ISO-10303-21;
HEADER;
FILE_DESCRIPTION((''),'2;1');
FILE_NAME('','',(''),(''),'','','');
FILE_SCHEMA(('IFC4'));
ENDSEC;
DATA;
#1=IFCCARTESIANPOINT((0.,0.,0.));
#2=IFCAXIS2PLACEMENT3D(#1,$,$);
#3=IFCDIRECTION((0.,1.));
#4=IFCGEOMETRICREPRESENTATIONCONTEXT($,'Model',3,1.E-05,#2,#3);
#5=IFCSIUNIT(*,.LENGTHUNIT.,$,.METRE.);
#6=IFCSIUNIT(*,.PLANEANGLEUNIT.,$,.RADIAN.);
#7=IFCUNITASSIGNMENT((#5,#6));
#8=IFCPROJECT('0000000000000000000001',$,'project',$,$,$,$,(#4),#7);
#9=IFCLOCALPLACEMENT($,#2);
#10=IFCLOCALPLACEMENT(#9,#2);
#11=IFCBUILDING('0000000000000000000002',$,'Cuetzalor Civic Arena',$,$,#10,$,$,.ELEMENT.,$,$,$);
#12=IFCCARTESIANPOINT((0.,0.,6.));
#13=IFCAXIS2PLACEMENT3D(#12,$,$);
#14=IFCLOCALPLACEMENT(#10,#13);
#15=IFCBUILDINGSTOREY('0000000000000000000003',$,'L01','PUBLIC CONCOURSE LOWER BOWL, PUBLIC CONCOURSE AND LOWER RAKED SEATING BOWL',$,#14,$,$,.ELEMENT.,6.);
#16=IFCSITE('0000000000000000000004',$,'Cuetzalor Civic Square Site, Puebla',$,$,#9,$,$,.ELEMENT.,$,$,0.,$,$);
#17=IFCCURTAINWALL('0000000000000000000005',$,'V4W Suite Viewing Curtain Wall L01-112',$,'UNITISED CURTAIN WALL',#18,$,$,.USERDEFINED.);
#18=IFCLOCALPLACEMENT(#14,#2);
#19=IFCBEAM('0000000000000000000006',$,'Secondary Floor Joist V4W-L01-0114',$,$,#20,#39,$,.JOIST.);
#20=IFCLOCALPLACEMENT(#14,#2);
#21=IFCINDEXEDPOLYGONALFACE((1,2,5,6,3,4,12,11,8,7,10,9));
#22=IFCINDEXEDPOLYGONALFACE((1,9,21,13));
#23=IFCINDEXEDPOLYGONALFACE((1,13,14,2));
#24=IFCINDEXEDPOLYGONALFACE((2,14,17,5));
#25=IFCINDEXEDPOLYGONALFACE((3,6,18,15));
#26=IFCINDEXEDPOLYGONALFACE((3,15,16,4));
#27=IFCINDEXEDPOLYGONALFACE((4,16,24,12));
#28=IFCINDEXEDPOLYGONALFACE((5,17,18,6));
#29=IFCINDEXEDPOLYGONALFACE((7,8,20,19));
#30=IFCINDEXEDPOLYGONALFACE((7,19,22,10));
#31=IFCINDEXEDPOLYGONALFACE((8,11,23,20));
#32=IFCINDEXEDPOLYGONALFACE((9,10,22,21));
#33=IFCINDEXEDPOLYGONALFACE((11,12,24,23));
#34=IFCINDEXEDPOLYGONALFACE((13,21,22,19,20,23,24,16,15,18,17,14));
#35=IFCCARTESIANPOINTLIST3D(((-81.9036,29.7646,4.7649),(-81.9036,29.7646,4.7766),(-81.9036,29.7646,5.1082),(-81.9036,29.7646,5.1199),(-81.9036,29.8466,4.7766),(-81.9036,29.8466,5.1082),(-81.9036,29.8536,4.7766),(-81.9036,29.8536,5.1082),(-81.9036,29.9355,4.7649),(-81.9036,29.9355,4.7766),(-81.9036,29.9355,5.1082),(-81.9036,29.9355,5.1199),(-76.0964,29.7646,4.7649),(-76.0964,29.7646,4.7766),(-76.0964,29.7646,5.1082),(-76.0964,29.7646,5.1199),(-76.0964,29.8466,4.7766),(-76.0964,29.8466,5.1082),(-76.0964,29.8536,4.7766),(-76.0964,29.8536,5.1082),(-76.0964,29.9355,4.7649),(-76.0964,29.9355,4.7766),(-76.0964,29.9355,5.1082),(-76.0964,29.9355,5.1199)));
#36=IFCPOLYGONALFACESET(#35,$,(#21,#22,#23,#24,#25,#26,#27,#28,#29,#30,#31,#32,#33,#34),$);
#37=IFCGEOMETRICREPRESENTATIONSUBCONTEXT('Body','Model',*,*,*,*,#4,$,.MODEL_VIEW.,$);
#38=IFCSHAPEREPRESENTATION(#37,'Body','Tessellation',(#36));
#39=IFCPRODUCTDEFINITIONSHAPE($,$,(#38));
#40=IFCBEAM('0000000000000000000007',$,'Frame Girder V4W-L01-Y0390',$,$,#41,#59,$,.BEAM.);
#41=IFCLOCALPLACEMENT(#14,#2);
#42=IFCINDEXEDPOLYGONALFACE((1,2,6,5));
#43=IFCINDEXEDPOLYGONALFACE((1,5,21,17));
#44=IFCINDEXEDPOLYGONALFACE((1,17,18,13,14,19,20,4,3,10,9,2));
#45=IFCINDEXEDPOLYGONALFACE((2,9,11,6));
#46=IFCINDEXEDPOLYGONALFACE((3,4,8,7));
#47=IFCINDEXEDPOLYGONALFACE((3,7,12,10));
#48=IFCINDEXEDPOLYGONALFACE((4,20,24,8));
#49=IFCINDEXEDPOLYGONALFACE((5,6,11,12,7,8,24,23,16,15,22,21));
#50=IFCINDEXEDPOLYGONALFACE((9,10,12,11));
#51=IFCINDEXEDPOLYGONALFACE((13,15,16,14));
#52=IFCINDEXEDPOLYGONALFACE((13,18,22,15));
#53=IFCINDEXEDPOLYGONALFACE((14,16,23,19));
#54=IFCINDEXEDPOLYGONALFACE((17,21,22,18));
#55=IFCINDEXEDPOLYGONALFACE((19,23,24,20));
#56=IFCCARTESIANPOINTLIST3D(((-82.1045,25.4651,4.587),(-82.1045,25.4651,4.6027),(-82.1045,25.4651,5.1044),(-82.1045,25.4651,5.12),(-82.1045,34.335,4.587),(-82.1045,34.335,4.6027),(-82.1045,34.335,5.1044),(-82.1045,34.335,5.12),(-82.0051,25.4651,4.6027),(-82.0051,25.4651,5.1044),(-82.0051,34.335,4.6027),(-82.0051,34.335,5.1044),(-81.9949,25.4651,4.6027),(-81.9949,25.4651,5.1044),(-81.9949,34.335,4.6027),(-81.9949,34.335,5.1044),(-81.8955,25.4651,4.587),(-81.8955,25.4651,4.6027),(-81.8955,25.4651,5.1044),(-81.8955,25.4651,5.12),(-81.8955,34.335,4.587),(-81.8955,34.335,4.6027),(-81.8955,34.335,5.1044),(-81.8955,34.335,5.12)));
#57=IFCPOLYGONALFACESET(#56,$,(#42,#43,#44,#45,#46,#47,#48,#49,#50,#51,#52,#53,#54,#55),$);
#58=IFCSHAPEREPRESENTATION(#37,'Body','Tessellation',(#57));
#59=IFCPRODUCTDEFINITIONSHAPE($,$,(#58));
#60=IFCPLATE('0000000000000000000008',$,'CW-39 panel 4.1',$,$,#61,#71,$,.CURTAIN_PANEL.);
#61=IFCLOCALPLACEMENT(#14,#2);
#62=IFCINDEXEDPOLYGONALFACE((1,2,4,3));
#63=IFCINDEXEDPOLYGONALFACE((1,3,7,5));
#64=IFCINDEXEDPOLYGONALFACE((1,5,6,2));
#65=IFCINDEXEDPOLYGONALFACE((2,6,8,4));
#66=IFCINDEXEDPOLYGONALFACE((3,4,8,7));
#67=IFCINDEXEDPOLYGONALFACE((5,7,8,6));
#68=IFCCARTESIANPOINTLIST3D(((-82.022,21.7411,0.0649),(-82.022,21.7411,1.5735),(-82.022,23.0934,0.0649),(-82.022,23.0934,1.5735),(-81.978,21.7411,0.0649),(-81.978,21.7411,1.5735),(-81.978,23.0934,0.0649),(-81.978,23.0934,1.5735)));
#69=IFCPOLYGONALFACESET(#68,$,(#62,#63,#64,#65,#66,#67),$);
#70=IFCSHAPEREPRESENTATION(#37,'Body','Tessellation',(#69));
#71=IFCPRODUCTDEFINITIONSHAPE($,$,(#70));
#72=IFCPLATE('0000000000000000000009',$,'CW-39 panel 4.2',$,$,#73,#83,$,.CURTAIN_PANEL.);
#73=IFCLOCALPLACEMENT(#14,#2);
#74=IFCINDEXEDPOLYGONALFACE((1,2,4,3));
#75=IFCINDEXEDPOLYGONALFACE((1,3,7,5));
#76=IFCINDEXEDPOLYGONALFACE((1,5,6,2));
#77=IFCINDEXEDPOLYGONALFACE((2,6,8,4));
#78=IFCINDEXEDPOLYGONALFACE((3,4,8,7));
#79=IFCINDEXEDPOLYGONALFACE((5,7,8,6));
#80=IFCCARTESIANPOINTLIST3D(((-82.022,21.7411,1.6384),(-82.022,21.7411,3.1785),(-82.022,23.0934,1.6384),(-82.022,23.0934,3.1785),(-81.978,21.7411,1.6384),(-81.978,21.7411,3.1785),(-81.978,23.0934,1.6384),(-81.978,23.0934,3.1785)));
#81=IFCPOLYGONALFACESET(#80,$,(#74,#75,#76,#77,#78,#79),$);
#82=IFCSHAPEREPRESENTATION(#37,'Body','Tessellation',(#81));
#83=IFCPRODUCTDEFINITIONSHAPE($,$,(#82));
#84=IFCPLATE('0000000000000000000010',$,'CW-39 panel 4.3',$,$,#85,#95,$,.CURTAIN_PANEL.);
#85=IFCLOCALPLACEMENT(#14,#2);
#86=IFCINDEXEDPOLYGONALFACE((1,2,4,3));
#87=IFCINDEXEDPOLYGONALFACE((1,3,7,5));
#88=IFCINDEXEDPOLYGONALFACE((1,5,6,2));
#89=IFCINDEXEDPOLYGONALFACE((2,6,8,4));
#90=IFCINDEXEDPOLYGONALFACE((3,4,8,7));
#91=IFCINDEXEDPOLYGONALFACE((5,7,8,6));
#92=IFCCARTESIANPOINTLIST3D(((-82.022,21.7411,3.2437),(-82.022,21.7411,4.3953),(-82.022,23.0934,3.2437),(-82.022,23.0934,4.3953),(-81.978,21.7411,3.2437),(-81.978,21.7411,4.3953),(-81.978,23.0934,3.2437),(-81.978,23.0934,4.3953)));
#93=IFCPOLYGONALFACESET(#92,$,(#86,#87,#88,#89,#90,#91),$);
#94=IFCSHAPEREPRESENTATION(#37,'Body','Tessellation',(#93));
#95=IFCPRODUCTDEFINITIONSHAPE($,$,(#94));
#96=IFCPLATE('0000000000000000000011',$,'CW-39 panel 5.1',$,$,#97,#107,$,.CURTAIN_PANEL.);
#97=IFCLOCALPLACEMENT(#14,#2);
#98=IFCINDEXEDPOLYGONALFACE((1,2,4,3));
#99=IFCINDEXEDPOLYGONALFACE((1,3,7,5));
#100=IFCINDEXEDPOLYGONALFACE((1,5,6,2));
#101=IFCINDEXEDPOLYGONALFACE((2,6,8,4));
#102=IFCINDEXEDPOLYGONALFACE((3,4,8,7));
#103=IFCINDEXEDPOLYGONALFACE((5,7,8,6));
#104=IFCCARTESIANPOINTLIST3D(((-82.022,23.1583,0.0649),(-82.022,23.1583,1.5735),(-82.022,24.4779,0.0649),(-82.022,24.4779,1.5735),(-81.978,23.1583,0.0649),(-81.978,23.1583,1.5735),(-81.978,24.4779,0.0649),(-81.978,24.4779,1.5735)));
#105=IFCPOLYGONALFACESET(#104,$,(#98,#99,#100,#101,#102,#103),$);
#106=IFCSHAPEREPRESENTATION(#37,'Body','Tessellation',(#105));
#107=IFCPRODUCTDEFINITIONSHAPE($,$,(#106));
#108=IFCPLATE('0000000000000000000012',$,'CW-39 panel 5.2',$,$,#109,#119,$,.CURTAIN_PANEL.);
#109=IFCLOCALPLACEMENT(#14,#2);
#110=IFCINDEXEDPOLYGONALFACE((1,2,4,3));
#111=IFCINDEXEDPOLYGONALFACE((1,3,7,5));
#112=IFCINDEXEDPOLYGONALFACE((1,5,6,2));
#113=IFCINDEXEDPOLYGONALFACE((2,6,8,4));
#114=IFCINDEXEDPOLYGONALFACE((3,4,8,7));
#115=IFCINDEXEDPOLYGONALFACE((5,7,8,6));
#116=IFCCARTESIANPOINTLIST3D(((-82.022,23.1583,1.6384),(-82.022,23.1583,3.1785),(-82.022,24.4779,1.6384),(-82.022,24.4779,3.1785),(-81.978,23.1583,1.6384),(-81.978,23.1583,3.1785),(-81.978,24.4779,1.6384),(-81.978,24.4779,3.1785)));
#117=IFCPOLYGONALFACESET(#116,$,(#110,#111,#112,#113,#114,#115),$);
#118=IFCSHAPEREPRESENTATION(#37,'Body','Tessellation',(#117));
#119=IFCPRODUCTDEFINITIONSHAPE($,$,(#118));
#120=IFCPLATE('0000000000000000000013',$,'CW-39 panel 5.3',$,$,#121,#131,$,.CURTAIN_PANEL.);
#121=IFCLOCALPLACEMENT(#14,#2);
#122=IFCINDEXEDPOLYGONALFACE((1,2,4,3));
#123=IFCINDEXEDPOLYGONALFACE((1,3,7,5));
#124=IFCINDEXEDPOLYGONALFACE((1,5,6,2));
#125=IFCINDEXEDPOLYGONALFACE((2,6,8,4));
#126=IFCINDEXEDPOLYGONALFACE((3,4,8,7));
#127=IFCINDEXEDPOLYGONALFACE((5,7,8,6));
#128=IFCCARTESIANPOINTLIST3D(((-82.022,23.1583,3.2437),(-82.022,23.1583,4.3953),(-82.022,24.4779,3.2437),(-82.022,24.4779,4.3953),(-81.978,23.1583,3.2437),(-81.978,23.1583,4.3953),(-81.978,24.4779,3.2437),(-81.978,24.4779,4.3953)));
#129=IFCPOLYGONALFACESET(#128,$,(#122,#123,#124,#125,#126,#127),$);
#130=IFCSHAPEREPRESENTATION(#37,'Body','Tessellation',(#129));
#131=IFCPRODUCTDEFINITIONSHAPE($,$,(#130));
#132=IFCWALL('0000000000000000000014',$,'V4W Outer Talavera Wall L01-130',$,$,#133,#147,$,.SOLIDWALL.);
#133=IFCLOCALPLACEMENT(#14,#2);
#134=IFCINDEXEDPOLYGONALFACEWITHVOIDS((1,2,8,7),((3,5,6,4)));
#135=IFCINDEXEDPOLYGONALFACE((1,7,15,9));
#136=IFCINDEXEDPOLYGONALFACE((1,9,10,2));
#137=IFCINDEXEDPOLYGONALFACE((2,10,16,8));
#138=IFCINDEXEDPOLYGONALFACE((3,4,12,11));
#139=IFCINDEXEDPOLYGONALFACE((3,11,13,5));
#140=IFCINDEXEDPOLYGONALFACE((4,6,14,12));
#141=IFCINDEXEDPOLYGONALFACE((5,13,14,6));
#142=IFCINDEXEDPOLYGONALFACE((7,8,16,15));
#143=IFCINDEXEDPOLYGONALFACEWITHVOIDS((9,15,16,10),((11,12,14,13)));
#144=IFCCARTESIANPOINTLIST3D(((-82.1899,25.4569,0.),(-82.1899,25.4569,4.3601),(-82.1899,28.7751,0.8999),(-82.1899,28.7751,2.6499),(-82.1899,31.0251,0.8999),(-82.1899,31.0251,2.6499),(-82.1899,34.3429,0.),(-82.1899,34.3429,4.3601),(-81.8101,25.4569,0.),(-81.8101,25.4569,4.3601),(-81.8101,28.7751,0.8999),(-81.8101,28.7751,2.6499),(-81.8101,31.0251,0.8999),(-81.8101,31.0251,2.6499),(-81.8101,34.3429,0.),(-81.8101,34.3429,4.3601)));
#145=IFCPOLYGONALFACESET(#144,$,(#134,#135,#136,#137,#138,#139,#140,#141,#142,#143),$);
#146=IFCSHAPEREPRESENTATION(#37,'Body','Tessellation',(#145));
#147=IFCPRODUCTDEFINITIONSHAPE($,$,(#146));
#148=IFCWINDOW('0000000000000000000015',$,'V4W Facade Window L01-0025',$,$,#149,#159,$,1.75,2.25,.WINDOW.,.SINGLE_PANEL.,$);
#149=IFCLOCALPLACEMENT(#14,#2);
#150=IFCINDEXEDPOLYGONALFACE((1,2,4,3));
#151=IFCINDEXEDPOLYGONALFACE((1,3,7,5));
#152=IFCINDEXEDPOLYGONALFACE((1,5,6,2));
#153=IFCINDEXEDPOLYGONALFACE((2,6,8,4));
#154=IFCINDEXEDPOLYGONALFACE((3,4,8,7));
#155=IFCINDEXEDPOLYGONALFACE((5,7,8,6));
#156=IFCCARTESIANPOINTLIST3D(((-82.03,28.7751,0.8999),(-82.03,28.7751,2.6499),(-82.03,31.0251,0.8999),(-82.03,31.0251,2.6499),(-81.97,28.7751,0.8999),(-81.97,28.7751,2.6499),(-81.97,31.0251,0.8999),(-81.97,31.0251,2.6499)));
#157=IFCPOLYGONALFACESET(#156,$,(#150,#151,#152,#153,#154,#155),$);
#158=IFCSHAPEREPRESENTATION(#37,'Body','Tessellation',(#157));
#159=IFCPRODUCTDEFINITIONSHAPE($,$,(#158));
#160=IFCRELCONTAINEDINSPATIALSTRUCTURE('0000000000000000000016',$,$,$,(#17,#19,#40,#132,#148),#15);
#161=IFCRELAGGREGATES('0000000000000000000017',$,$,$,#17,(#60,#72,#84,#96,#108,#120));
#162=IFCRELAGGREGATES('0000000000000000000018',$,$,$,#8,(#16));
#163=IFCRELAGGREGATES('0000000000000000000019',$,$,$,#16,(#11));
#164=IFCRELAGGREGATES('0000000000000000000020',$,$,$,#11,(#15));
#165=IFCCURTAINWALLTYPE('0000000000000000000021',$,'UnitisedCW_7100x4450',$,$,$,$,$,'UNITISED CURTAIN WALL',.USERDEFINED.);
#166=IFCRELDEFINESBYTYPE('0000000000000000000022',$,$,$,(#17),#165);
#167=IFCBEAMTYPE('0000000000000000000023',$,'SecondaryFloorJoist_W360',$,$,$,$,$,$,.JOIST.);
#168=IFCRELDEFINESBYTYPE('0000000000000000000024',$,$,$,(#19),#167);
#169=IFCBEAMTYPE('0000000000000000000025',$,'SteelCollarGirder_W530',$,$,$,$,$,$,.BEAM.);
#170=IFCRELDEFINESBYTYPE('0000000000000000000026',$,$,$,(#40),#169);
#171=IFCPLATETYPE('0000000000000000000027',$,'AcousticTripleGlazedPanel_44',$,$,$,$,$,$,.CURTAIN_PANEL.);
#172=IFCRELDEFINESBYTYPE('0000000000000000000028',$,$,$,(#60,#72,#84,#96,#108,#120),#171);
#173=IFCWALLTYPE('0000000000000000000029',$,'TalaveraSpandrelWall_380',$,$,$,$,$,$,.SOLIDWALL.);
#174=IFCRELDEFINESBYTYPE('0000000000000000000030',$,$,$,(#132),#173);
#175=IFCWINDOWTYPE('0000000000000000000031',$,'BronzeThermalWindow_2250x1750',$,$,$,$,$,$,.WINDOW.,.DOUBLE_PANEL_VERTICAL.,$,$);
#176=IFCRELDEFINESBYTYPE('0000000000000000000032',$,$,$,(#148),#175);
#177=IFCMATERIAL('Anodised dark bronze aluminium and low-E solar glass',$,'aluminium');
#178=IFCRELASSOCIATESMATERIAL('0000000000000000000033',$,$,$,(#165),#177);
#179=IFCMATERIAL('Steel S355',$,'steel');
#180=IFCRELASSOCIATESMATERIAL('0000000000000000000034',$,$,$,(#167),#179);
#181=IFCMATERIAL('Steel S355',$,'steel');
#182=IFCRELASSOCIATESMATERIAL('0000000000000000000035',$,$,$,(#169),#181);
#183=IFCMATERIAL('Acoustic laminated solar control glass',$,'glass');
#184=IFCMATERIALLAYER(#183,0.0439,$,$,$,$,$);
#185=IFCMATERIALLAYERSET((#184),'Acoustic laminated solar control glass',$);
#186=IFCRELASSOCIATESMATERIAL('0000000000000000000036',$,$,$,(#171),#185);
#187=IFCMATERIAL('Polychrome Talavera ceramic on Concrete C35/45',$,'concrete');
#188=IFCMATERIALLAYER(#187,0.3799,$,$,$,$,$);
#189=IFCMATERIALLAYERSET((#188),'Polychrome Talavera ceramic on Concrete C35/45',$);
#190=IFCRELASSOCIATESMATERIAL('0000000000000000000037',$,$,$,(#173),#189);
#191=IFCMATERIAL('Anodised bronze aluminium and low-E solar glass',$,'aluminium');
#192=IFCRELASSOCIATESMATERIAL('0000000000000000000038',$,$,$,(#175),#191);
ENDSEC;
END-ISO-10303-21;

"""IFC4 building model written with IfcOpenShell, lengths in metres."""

from ifc_helpers import new_model, si_unit, direction, frame, frame_2d, origin, origin_2d, place, context, subcontext, project, spatial, rectangle, i_section, extrude, material, layer, layer_set, material_profile, profile_set, type_object, element, fill, aggregate, save


model = new_model("IFC4")

# Units and contexts
model_context = context("Model", 3, precision=1e-05, world=origin(), true_north=direction((0.0, 1.0)))
body_context = subcontext(model_context, "Body", "Model", "MODEL_VIEW")
ifc_project = project(units=[si_unit("LENGTHUNIT", "METRE"), si_unit("PLANEANGLEUNIT", "RADIAN")], contexts=[model_context])

# Site, building, storey
site_placement = place(None, origin())
site = spatial("IfcSite", under=ifc_project, at=site_placement, Name="Cuetzalor Civic Square Site, Puebla", CompositionType="ELEMENT", RefElevation=0.0)
building_placement = place(site_placement, origin())
building = spatial("IfcBuilding", under=site, at=building_placement, Name="Cuetzalor Civic Arena", CompositionType="ELEMENT")
storey_placement = place(building_placement, frame((0.0, 0.0, 6.0)))
storey = spatial("IfcBuildingStorey", under=building, at=storey_placement, Name="L01", Description="PUBLIC CONCOURSE LOWER BOWL, PUBLIC CONCOURSE AND LOWER RAKED SEATING BOWL", CompositionType="ELEMENT", Elevation=6.0)

# Curtain wall
ifc_material_1 = material(Name="Anodised dark bronze aluminium and low-E solar glass", Category="aluminium")
curtain_wall_type = type_object("IfcCurtainWallType", Name="UnitisedCW_7100x4450", ElementType="UNITISED CURTAIN WALL", PredefinedType="USERDEFINED", material=ifc_material_1)
curtain_wall_placement = place(storey_placement, origin())
curtain_wall = element("IfcCurtainWall", 1, at=curtain_wall_placement, inside=storey, type_object=curtain_wall_type, Name="V4W Suite Viewing Curtain Wall L01-112", ObjectType="UNITISED CURTAIN WALL", PredefinedType="USERDEFINED")

# Beams
ifc_material_2 = material(Name="Steel S355", Category="steel")
ifc_material_profile_1 = material_profile(ifc_material_2, i_section(OverallWidth=0.1709, OverallDepth=0.355, WebThickness=0.0071, FlangeThickness=0.0117, at=origin_2d()), Name="W360x51")
ifc_profile_set_1 = profile_set([ifc_material_profile_1], Name="Steel S355")
beam_type_1 = type_object("IfcBeamType", Name="SecondaryFloorJoist_W360", PredefinedType="JOIST", material=ifc_profile_set_1)
beam_1_placement = place(storey_placement, frame((-81.9036, 29.8501, 4.9424), z_axis=(1.0, 0.0, 0.0), x_axis=(0.0, 1.0, 0.0)))
element("IfcBeam", 2, at=beam_1_placement, inside=storey, type_object=beam_type_1, Name="Secondary Floor Joist V4W-L01-0114", PredefinedType="JOIST", context=body_context, shape_type="SweptSolid", body=[
    extrude(i_section(OverallWidth=0.1709, OverallDepth=0.355, WebThickness=0.0071, FlangeThickness=0.0117, at=origin_2d()), origin(), (0.0, 0.0, 1.0), 5.8071),
])
ifc_material_3 = material(Name="Steel S355", Category="steel")
ifc_material_profile_2 = material_profile(ifc_material_3, i_section(OverallWidth=0.209, OverallDepth=0.533, WebThickness=0.0103, FlangeThickness=0.0156, at=origin_2d()), Name="W530x92")
ifc_profile_set_2 = profile_set([ifc_material_profile_2], Name="Steel S355")
beam_type_2 = type_object("IfcBeamType", Name="SteelCollarGirder_W530", PredefinedType="BEAM", material=ifc_profile_set_2)
beam_2_placement = place(storey_placement, frame((-82.0, 25.4651, 4.8535), z_axis=(0.0, 1.0, 0.0), x_axis=(-1.0, 0.0, 0.0)))
element("IfcBeam", 3, at=beam_2_placement, inside=storey, type_object=beam_type_2, Name="Frame Girder V4W-L01-Y0390", PredefinedType="BEAM", context=body_context, shape_type="SweptSolid", body=[
    extrude(i_section(OverallWidth=0.209, OverallDepth=0.533, WebThickness=0.0103, FlangeThickness=0.0156, at=origin_2d()), origin(), (0.0, 0.0, 1.0), 8.8699),
])

# Plates
ifc_material_4 = material(Name="Acoustic laminated solar control glass", Category="glass")
ifc_layer_1 = layer(ifc_material_4, 0.0439)
ifc_layer_set_1 = layer_set([ifc_layer_1], Name="Acoustic laminated solar control glass")
plate_type = type_object("IfcPlateType", Name="AcousticTripleGlazedPanel_44", PredefinedType="CURTAIN_PANEL", material=ifc_layer_set_1)
plate_1_placement = place(storey_placement, frame((-82.0, 22.4172, 0.0649), z_axis=(0.0, 0.0, 1.0), x_axis=(0.0, 1.0, 0.0)))
plate_1 = element("IfcPlate", 4, at=plate_1_placement, type_object=plate_type, Name="CW-39 panel 4.1", PredefinedType="CURTAIN_PANEL", context=body_context, shape_type="SweptSolid", body=[
    extrude(rectangle(XDim=1.3523, YDim=0.0439, at=origin_2d()), origin(), (0.0, 0.0, 1.0), 1.5085),
])
plate_2_placement = place(storey_placement, frame((-82.0, 22.4172, 1.6384), z_axis=(0.0, 0.0, 1.0), x_axis=(0.0, 1.0, 0.0)))
plate_2 = element("IfcPlate", 5, at=plate_2_placement, type_object=plate_type, Name="CW-39 panel 4.2", PredefinedType="CURTAIN_PANEL", context=body_context, shape_type="SweptSolid", body=[
    extrude(rectangle(XDim=1.3523, YDim=0.0439, at=origin_2d()), origin(), (0.0, 0.0, 1.0), 1.54),
])
plate_3_placement = place(storey_placement, frame((-82.0, 22.4172, 3.2437), z_axis=(0.0, 0.0, 1.0), x_axis=(0.0, 1.0, 0.0)))
plate_3 = element("IfcPlate", 6, at=plate_3_placement, type_object=plate_type, Name="CW-39 panel 4.3", PredefinedType="CURTAIN_PANEL", context=body_context, shape_type="SweptSolid", body=[
    extrude(rectangle(XDim=1.3523, YDim=0.0439, at=origin_2d()), origin(), (0.0, 0.0, 1.0), 1.1516),
])
plate_4_placement = place(storey_placement, frame((-82.0, 23.8181, 0.0649), z_axis=(0.0, 0.0, 1.0), x_axis=(0.0, 1.0, 0.0)))
plate_4 = element("IfcPlate", 7, at=plate_4_placement, type_object=plate_type, Name="CW-39 panel 5.1", PredefinedType="CURTAIN_PANEL", context=body_context, shape_type="SweptSolid", body=[
    extrude(rectangle(XDim=1.3196, YDim=0.0439, at=origin_2d()), origin(), (0.0, 0.0, 1.0), 1.5085),
])
plate_5_placement = place(storey_placement, frame((-82.0, 23.8181, 1.6384), z_axis=(0.0, 0.0, 1.0), x_axis=(0.0, 1.0, 0.0)))
plate_5 = element("IfcPlate", 8, at=plate_5_placement, type_object=plate_type, Name="CW-39 panel 5.2", PredefinedType="CURTAIN_PANEL", context=body_context, shape_type="SweptSolid", body=[
    extrude(rectangle(XDim=1.3196, YDim=0.0439, at=origin_2d()), origin(), (0.0, 0.0, 1.0), 1.54),
])
plate_6_placement = place(storey_placement, frame((-82.0, 23.8181, 3.2437), z_axis=(0.0, 0.0, 1.0), x_axis=(0.0, 1.0, 0.0)))
plate_6 = element("IfcPlate", 9, at=plate_6_placement, type_object=plate_type, Name="CW-39 panel 5.3", PredefinedType="CURTAIN_PANEL", context=body_context, shape_type="SweptSolid", body=[
    extrude(rectangle(XDim=1.3196, YDim=0.0439, at=origin_2d()), origin(), (0.0, 0.0, 1.0), 1.1516),
])
aggregate(curtain_wall, [plate_1, plate_2, plate_3, plate_4, plate_5, plate_6])

# Wall, opening, window
ifc_material_5 = material(Name="Polychrome Talavera ceramic on Concrete C35/45", Category="concrete")
ifc_layer_2 = layer(ifc_material_5, 0.3799)
ifc_layer_set_2 = layer_set([ifc_layer_2], Name="Polychrome Talavera ceramic on Concrete C35/45")
wall_type = type_object("IfcWallType", Name="TalaveraSpandrelWall_380", PredefinedType="SOLIDWALL", material=ifc_layer_set_2)
wall_placement = place(storey_placement, frame((-82.0, 25.457, 0.0), z_axis=(0.0, 0.0, 1.0), x_axis=(0.0, 1.0, 0.0)))
wall = element("IfcWall", 10, at=wall_placement, inside=storey, type_object=wall_type, Name="V4W Outer Talavera Wall L01-130", PredefinedType="SOLIDWALL", context=body_context, shape_type="SweptSolid", body=[
    extrude(rectangle(XDim=8.886, YDim=0.3799, at=frame_2d((4.4429, 0.0))), origin(), (0.0, 0.0, 1.0), 4.3601),
])
opening_placement = place(wall_placement, frame((3.3181, 0.0, 0.8999)))
opening = element("IfcOpeningElement", 11, at=opening_placement, cuts=wall, PredefinedType="OPENING", context=body_context, shape_type="SweptSolid", body=[
    extrude(rectangle(XDim=2.25, YDim=1.75, at=frame_2d((1.125, 0.875))), frame((0.0, 0.2, 0.0), z_axis=(0.0, -1.0, 0.0), x_axis=(1.0, 0.0, 0.0)), (0.0, 0.0, 1.0), 0.3999),
])
ifc_material_6 = material(Name="Anodised bronze aluminium and low-E solar glass", Category="aluminium")
window_type = type_object("IfcWindowType", Name="BronzeThermalWindow_2250x1750", PartitioningType="DOUBLE_PANEL_VERTICAL", PredefinedType="WINDOW", material=ifc_material_6)
window_placement = place(opening_placement, origin())
window = element("IfcWindow", 12, at=window_placement, inside=storey, type_object=window_type, Name="V4W Facade Window L01-0025", OverallHeight=1.75, OverallWidth=2.25, PartitioningType="SINGLE_PANEL", PredefinedType="WINDOW", context=body_context, shape_type="SweptSolid", body=[
    extrude(rectangle(XDim=2.25, YDim=1.75, at=frame_2d((1.125, 0.875))), frame((0.0, 0.03, 0.0), z_axis=(0.0, -1.0, 0.0), x_axis=(1.0, 0.0, 0.0)), (0.0, 0.0, 1.0), 0.0601),
])
fill(opening, window)

save(model, "model.ifc")
